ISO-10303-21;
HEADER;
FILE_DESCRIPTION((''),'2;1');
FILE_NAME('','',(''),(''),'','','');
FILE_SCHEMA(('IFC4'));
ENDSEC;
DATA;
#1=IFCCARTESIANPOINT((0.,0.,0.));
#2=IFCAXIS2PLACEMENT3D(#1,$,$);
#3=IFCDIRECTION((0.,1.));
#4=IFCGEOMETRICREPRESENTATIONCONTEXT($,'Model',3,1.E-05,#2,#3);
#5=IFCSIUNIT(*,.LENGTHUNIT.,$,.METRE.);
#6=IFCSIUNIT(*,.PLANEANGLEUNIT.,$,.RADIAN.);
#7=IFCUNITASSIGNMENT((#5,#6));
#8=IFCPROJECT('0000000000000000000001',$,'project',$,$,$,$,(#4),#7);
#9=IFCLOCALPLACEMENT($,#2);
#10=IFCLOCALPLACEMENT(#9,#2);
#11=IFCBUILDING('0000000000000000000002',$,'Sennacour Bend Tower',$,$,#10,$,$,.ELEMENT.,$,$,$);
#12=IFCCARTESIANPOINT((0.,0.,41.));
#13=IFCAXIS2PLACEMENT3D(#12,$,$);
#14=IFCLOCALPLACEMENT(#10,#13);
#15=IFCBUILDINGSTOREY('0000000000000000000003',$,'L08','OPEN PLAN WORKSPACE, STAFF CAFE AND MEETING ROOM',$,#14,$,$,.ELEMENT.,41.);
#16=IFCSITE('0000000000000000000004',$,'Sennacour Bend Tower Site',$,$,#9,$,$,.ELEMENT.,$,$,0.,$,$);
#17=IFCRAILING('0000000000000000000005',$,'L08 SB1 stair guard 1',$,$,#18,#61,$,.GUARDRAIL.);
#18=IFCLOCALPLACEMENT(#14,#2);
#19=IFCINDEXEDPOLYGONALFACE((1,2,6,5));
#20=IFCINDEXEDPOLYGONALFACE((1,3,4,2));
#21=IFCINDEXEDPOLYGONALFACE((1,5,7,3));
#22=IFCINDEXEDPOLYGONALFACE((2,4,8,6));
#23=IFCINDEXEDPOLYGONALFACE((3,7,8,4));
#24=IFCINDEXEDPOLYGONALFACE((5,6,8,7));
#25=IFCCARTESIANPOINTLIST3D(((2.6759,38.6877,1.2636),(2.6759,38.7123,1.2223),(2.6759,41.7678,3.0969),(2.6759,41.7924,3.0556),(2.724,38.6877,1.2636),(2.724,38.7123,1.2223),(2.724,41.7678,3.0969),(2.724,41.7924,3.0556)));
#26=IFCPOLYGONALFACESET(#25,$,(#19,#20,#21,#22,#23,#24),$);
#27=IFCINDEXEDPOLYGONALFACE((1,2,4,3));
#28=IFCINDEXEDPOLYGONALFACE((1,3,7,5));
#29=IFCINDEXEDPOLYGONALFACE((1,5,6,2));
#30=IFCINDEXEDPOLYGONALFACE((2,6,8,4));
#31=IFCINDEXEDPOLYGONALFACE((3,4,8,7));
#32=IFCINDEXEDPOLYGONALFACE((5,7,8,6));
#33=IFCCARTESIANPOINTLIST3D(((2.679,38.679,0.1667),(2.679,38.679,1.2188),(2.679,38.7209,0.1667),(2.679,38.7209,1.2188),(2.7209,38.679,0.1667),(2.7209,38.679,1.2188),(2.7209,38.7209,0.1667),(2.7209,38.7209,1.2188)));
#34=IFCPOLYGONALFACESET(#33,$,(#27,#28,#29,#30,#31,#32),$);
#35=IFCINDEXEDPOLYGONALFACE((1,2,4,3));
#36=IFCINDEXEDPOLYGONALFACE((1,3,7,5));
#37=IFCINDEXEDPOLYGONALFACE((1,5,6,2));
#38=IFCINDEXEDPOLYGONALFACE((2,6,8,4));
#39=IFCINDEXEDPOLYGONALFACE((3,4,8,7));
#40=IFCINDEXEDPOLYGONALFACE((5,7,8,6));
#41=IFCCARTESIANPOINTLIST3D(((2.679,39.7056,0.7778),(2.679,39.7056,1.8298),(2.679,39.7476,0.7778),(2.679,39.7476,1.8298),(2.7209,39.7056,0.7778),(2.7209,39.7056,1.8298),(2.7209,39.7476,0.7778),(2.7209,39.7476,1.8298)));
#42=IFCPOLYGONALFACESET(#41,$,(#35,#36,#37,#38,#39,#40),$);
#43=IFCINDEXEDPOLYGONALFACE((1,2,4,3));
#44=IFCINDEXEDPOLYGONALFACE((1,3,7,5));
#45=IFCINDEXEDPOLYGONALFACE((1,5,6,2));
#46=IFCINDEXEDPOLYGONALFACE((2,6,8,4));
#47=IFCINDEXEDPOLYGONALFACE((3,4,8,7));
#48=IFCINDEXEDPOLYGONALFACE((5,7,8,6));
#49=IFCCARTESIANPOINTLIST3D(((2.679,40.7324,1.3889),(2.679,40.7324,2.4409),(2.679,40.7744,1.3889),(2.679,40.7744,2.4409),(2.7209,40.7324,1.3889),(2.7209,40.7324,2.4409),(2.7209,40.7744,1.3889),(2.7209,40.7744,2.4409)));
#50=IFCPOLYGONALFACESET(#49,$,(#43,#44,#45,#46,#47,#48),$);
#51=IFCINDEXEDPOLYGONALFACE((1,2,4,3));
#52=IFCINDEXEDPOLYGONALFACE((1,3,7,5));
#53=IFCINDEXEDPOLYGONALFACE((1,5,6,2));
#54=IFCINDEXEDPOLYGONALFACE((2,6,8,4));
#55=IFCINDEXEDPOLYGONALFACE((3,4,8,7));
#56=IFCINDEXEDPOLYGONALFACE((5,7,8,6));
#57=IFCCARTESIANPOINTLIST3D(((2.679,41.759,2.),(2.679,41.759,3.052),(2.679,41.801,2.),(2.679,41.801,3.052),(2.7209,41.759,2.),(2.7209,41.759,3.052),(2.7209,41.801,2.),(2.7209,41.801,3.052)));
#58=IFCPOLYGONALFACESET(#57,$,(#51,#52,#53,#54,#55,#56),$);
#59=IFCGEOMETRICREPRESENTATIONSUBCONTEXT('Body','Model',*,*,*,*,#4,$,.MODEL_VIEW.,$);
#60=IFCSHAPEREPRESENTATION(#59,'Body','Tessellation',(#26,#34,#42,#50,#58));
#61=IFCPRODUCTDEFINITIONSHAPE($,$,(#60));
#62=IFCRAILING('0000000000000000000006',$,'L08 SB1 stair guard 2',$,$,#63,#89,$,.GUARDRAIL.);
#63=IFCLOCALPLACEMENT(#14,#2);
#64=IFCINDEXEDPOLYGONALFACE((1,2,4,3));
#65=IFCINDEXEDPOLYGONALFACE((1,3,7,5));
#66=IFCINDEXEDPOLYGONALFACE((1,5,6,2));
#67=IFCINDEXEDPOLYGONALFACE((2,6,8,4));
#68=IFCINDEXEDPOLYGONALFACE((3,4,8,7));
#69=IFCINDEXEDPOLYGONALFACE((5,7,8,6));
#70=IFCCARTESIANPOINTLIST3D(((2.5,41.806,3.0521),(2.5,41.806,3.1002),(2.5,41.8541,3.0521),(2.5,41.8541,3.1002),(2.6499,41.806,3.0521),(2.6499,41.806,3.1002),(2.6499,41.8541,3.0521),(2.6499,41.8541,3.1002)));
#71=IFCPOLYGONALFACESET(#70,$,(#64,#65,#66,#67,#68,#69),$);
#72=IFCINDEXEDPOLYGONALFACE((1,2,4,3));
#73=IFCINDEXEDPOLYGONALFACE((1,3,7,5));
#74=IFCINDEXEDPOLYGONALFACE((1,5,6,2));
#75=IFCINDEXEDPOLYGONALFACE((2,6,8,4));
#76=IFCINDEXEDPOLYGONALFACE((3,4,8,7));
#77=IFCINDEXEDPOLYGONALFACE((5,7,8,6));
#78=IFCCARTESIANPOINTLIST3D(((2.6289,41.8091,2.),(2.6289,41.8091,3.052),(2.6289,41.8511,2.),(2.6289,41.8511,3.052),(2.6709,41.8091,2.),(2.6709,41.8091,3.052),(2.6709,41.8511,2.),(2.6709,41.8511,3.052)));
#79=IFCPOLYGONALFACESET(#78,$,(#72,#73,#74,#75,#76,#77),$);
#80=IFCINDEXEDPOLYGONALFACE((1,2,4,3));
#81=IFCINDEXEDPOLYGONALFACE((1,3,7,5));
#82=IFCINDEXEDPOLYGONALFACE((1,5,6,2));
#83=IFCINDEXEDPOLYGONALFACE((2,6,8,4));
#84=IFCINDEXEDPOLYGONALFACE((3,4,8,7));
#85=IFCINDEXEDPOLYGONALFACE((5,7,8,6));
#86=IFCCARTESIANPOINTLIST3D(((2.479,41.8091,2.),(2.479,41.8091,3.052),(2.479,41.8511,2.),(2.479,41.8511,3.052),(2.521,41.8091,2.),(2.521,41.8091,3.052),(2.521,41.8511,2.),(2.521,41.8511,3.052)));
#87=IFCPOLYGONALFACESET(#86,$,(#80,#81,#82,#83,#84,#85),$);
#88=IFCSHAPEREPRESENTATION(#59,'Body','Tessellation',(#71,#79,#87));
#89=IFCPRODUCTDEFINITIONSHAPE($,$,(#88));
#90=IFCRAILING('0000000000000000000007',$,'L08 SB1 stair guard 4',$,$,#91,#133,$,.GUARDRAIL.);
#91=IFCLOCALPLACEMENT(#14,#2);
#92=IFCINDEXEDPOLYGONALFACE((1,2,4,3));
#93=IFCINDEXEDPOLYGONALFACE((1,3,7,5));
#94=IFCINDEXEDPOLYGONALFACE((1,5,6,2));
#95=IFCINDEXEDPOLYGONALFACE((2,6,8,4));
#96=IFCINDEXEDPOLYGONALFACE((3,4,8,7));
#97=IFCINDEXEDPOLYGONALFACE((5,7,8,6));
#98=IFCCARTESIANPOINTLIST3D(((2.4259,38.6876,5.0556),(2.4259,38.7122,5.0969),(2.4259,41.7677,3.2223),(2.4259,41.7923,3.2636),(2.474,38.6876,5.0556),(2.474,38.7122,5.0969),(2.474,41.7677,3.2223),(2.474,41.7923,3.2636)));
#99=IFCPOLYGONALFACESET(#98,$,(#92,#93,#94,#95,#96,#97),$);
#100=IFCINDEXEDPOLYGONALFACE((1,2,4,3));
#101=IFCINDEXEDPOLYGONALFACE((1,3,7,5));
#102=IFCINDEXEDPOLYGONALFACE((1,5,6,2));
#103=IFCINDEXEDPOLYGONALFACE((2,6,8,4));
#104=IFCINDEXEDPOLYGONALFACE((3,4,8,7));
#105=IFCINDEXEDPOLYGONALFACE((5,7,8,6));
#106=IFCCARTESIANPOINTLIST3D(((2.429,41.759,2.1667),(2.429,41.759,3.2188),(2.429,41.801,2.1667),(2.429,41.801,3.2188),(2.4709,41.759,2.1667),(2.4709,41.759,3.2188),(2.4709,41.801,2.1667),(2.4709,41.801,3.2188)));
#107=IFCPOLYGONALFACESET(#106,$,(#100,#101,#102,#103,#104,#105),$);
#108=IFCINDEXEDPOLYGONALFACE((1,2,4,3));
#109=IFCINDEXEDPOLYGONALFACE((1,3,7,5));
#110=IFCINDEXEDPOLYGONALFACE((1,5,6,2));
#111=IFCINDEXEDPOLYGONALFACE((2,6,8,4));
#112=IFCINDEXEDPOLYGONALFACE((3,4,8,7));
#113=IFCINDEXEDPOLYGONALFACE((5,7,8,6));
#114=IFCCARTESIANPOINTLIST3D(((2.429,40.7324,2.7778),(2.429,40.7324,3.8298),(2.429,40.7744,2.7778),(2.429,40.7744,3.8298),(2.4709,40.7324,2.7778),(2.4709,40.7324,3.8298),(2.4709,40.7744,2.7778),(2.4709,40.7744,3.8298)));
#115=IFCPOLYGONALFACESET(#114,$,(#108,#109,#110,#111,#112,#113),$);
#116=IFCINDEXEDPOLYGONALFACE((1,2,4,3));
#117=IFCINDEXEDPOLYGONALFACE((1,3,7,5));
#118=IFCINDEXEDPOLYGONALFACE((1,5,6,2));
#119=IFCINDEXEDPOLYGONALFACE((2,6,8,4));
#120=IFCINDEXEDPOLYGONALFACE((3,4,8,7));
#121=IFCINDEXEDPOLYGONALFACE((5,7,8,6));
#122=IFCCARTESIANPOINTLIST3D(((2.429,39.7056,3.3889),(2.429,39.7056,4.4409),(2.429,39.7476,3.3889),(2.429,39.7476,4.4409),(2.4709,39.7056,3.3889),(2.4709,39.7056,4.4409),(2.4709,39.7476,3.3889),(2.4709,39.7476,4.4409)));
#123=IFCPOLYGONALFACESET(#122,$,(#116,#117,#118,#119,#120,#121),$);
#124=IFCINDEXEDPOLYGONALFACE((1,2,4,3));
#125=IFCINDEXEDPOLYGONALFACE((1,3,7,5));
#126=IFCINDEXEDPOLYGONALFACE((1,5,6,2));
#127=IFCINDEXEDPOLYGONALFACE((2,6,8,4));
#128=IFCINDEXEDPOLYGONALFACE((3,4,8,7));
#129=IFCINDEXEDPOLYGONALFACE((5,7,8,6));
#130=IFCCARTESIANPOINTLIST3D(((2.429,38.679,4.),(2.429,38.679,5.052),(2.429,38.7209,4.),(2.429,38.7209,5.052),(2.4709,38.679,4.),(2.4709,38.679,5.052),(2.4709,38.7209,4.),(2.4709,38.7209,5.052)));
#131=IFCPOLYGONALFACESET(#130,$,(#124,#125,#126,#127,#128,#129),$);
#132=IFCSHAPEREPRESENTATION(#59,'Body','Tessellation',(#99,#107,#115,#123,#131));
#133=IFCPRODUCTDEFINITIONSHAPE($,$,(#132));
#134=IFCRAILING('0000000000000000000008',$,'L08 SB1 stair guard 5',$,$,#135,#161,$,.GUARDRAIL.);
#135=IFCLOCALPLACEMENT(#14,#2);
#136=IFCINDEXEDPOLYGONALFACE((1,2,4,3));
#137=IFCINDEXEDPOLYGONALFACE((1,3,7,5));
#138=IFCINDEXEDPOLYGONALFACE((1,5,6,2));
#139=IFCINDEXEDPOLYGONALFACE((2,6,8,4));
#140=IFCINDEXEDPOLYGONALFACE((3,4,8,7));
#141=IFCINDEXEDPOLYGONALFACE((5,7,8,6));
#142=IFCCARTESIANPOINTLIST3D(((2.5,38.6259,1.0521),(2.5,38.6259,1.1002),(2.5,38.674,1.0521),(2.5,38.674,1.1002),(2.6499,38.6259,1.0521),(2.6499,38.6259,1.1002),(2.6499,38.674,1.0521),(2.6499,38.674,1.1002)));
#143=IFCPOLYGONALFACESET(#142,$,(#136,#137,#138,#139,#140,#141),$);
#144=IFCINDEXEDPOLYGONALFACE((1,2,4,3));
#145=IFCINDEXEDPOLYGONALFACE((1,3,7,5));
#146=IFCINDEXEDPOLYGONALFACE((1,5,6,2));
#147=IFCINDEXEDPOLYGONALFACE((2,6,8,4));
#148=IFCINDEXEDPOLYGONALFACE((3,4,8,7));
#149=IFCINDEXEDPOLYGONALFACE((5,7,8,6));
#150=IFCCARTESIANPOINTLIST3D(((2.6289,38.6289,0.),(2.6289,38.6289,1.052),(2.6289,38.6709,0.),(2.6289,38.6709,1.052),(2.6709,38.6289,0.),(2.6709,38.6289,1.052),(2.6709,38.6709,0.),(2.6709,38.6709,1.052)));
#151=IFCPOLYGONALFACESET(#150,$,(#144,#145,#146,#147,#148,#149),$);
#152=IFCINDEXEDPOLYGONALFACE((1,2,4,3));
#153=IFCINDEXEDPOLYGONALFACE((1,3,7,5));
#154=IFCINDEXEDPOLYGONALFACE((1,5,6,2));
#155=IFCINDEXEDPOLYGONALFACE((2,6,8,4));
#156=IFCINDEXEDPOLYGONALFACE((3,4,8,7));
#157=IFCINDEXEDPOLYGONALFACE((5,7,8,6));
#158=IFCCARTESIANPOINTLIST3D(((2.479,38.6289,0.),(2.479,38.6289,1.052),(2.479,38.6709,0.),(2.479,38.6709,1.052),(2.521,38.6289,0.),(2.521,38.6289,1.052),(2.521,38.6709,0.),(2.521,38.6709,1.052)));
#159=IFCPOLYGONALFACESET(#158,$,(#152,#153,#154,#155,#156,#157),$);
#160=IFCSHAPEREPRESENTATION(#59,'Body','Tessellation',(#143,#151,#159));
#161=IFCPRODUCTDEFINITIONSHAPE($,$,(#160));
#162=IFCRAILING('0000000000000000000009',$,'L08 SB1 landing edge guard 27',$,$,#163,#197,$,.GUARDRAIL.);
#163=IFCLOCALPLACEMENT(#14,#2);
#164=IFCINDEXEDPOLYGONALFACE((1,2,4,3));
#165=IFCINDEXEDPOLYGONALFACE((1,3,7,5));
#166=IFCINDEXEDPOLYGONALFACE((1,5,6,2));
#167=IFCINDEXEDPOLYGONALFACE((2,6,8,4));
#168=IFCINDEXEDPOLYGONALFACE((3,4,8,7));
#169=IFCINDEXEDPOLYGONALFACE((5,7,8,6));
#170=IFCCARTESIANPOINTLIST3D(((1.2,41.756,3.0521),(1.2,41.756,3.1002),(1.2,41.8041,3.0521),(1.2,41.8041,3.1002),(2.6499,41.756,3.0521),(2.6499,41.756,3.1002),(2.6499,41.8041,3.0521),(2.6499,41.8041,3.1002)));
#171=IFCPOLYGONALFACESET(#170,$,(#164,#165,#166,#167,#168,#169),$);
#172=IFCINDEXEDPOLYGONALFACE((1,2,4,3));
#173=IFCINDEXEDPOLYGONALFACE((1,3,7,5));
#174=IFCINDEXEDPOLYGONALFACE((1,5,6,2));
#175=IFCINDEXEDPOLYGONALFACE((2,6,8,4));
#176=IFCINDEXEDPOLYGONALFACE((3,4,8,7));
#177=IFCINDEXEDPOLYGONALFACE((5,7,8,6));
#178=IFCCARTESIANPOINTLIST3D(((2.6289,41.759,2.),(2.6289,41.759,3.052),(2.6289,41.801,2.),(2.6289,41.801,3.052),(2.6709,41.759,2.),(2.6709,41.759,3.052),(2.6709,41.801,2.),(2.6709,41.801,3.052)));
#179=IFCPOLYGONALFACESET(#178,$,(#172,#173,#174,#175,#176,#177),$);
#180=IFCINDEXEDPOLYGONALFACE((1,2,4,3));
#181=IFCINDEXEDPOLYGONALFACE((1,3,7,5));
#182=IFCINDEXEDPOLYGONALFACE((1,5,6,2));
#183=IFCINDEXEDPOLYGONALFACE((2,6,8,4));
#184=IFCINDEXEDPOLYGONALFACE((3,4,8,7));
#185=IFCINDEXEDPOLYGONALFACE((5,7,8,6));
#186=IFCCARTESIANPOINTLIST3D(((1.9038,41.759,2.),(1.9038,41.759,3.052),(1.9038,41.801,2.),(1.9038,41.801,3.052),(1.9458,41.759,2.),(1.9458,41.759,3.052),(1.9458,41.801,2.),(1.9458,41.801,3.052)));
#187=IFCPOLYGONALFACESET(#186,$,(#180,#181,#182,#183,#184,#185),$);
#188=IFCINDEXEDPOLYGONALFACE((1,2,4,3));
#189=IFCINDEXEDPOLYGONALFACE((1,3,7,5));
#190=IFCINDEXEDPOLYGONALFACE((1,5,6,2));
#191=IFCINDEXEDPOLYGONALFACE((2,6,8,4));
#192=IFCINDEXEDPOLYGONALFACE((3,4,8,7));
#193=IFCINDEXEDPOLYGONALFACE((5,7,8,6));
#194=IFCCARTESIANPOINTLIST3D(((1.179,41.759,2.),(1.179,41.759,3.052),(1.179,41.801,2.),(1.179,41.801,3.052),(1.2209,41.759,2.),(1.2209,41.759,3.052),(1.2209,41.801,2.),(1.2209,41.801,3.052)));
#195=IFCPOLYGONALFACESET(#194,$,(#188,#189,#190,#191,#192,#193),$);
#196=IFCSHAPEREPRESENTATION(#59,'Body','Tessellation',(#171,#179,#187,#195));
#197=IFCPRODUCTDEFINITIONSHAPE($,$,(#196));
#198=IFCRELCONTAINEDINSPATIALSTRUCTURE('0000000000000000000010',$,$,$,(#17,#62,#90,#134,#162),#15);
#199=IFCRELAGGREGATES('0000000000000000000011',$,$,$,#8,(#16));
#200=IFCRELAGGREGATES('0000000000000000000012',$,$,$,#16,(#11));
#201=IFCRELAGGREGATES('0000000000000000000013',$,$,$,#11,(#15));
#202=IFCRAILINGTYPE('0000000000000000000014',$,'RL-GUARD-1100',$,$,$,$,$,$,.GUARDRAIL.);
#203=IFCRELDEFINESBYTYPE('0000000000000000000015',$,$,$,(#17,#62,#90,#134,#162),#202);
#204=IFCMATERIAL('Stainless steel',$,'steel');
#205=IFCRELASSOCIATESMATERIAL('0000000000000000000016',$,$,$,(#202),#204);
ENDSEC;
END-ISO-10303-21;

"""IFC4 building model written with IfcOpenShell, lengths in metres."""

from ifc_helpers import new_model, si_unit, direction, frame, origin, origin_2d, place, context, subcontext, project, spatial, rectangle, extrude, material, type_object, element, save


model = new_model("IFC4")

# Units and contexts
model_context = context("Model", 3, precision=1e-05, world=origin(), true_north=direction((0.0, 1.0)))
body_context = subcontext(model_context, "Body", "Model", "MODEL_VIEW")
ifc_project = project(units=[si_unit("LENGTHUNIT", "METRE"), si_unit("PLANEANGLEUNIT", "RADIAN")], contexts=[model_context])

# Site, building, storey
site_placement = place(None, origin())
site = spatial("IfcSite", under=ifc_project, at=site_placement, Name="Sennacour Bend Tower Site", CompositionType="ELEMENT", RefElevation=0.0)
building_placement = place(site_placement, origin())
building = spatial("IfcBuilding", under=site, at=building_placement, Name="Sennacour Bend Tower", CompositionType="ELEMENT")
storey_placement = place(building_placement, frame((0.0, 0.0, 41.0)))
storey = spatial("IfcBuildingStorey", under=building, at=storey_placement, Name="L08", Description="OPEN PLAN WORKSPACE, STAFF CAFE AND MEETING ROOM", CompositionType="ELEMENT", Elevation=41.0)

# Shared definitions
ifc_material_1 = material(Name="Stainless steel", Category="steel")

# Railings
railing_type_1 = type_object("IfcRailingType", Name="RL-GUARD-1100", PredefinedType="GUARDRAIL", material=ifc_material_1)
railing_1_placement = place(storey_placement, frame((2.7, 38.7, 0.1667)))
element("IfcRailing", 1, at=railing_1_placement, inside=storey, type_object=railing_type_1, Name="L08 SB1 stair guard 1", PredefinedType="GUARDRAIL", context=body_context, shape_type="SweptSolid", body=[
    extrude(rectangle(XDim=0.0481, YDim=0.0481, at=origin_2d()), frame((0.0, 0.0, 1.0762), z_axis=(0.0, 0.859309, 0.511458), x_axis=(-1.0, 0.0, 0.0)), (0.0, 0.0, 1.0), 3.5845),
    extrude(rectangle(XDim=0.042, YDim=0.042, at=origin_2d()), origin(), (0.0, 0.0, 1.0), 1.052),
    extrude(rectangle(XDim=0.042, YDim=0.042, at=origin_2d()), frame((0.0, 1.0266, 0.6111)), (0.0, 0.0, 1.0), 1.052),
    extrude(rectangle(XDim=0.042, YDim=0.042, at=origin_2d()), frame((0.0, 2.0535, 1.2222)), (0.0, 0.0, 1.0), 1.052),
    extrude(rectangle(XDim=0.042, YDim=0.042, at=origin_2d()), frame((0.0, 3.0801, 1.8333)), (0.0, 0.0, 1.0), 1.052),
])
railing_2_placement = place(storey_placement, frame((2.6499, 41.8301, 2.0)))
element("IfcRailing", 2, at=railing_2_placement, inside=storey, type_object=railing_type_1, Name="L08 SB1 stair guard 2", PredefinedType="GUARDRAIL", context=body_context, shape_type="SweptSolid", body=[
    extrude(rectangle(XDim=0.0481, YDim=0.0481, at=origin_2d()), frame((0.0, 0.0, 1.0762), z_axis=(-1.0, 0.0, 0.0), x_axis=(0.0, -1.0, 0.0)), (0.0, 0.0, 1.0), 0.1499),
    extrude(rectangle(XDim=0.042, YDim=0.042, at=origin_2d()), origin(), (0.0, 0.0, 1.0), 1.052),
    extrude(rectangle(XDim=0.042, YDim=0.042, at=origin_2d()), frame((-0.1499, 0.0, 0.0)), (0.0, 0.0, 1.0), 1.052),
])
railing_3_placement = place(storey_placement, frame((2.45, 41.78, 2.1667)))
element("IfcRailing", 3, at=railing_3_placement, inside=storey, type_object=railing_type_1, Name="L08 SB1 stair guard 4", PredefinedType="GUARDRAIL", context=body_context, shape_type="SweptSolid", body=[
    extrude(rectangle(XDim=0.0481, YDim=0.0481, at=origin_2d()), frame((0.0, 0.0, 1.0762), z_axis=(0.0, -0.859309, 0.511458), x_axis=(1.0, 0.0, 0.0)), (0.0, 0.0, 1.0), 3.5845),
    extrude(rectangle(XDim=0.042, YDim=0.042, at=origin_2d()), origin(), (0.0, 0.0, 1.0), 1.052),
    extrude(rectangle(XDim=0.042, YDim=0.042, at=origin_2d()), frame((0.0, -1.0266, 0.6111)), (0.0, 0.0, 1.0), 1.052),
    extrude(rectangle(XDim=0.042, YDim=0.042, at=origin_2d()), frame((0.0, -2.0535, 1.2222)), (0.0, 0.0, 1.0), 1.052),
    extrude(rectangle(XDim=0.042, YDim=0.042, at=origin_2d()), frame((0.0, -3.0801, 1.8333)), (0.0, 0.0, 1.0), 1.052),
])
railing_4_placement = place(storey_placement, frame((2.6499, 38.6499, 0.0)))
element("IfcRailing", 4, at=railing_4_placement, inside=storey, type_object=railing_type_1, Name="L08 SB1 stair guard 5", PredefinedType="GUARDRAIL", context=body_context, shape_type="SweptSolid", body=[
    extrude(rectangle(XDim=0.0481, YDim=0.0481, at=origin_2d()), frame((0.0, 0.0, 1.0762), z_axis=(-1.0, 0.0, 0.0), x_axis=(0.0, -1.0, 0.0)), (0.0, 0.0, 1.0), 0.1499),
    extrude(rectangle(XDim=0.042, YDim=0.042, at=origin_2d()), origin(), (0.0, 0.0, 1.0), 1.052),
    extrude(rectangle(XDim=0.042, YDim=0.042, at=origin_2d()), frame((-0.1499, 0.0, 0.0)), (0.0, 0.0, 1.0), 1.052),
])
railing_5_placement = place(storey_placement, frame((2.6499, 41.78, 2.0)))
element("IfcRailing", 5, at=railing_5_placement, inside=storey, type_object=railing_type_1, Name="L08 SB1 landing edge guard 27", PredefinedType="GUARDRAIL", context=body_context, shape_type="SweptSolid", body=[
    extrude(rectangle(XDim=0.0481, YDim=0.0481, at=origin_2d()), frame((0.0, 0.0, 1.0762), z_axis=(-1.0, 0.0, 0.0), x_axis=(0.0, -1.0, 0.0)), (0.0, 0.0, 1.0), 1.45),
    extrude(rectangle(XDim=0.042, YDim=0.042, at=origin_2d()), origin(), (0.0, 0.0, 1.0), 1.052),
    extrude(rectangle(XDim=0.042, YDim=0.042, at=origin_2d()), frame((-0.7251, 0.0, 0.0)), (0.0, 0.0, 1.0), 1.052),
    extrude(rectangle(XDim=0.042, YDim=0.042, at=origin_2d()), frame((-1.45, 0.0, 0.0)), (0.0, 0.0, 1.0), 1.052),
])

save(model, "model.ifc")
